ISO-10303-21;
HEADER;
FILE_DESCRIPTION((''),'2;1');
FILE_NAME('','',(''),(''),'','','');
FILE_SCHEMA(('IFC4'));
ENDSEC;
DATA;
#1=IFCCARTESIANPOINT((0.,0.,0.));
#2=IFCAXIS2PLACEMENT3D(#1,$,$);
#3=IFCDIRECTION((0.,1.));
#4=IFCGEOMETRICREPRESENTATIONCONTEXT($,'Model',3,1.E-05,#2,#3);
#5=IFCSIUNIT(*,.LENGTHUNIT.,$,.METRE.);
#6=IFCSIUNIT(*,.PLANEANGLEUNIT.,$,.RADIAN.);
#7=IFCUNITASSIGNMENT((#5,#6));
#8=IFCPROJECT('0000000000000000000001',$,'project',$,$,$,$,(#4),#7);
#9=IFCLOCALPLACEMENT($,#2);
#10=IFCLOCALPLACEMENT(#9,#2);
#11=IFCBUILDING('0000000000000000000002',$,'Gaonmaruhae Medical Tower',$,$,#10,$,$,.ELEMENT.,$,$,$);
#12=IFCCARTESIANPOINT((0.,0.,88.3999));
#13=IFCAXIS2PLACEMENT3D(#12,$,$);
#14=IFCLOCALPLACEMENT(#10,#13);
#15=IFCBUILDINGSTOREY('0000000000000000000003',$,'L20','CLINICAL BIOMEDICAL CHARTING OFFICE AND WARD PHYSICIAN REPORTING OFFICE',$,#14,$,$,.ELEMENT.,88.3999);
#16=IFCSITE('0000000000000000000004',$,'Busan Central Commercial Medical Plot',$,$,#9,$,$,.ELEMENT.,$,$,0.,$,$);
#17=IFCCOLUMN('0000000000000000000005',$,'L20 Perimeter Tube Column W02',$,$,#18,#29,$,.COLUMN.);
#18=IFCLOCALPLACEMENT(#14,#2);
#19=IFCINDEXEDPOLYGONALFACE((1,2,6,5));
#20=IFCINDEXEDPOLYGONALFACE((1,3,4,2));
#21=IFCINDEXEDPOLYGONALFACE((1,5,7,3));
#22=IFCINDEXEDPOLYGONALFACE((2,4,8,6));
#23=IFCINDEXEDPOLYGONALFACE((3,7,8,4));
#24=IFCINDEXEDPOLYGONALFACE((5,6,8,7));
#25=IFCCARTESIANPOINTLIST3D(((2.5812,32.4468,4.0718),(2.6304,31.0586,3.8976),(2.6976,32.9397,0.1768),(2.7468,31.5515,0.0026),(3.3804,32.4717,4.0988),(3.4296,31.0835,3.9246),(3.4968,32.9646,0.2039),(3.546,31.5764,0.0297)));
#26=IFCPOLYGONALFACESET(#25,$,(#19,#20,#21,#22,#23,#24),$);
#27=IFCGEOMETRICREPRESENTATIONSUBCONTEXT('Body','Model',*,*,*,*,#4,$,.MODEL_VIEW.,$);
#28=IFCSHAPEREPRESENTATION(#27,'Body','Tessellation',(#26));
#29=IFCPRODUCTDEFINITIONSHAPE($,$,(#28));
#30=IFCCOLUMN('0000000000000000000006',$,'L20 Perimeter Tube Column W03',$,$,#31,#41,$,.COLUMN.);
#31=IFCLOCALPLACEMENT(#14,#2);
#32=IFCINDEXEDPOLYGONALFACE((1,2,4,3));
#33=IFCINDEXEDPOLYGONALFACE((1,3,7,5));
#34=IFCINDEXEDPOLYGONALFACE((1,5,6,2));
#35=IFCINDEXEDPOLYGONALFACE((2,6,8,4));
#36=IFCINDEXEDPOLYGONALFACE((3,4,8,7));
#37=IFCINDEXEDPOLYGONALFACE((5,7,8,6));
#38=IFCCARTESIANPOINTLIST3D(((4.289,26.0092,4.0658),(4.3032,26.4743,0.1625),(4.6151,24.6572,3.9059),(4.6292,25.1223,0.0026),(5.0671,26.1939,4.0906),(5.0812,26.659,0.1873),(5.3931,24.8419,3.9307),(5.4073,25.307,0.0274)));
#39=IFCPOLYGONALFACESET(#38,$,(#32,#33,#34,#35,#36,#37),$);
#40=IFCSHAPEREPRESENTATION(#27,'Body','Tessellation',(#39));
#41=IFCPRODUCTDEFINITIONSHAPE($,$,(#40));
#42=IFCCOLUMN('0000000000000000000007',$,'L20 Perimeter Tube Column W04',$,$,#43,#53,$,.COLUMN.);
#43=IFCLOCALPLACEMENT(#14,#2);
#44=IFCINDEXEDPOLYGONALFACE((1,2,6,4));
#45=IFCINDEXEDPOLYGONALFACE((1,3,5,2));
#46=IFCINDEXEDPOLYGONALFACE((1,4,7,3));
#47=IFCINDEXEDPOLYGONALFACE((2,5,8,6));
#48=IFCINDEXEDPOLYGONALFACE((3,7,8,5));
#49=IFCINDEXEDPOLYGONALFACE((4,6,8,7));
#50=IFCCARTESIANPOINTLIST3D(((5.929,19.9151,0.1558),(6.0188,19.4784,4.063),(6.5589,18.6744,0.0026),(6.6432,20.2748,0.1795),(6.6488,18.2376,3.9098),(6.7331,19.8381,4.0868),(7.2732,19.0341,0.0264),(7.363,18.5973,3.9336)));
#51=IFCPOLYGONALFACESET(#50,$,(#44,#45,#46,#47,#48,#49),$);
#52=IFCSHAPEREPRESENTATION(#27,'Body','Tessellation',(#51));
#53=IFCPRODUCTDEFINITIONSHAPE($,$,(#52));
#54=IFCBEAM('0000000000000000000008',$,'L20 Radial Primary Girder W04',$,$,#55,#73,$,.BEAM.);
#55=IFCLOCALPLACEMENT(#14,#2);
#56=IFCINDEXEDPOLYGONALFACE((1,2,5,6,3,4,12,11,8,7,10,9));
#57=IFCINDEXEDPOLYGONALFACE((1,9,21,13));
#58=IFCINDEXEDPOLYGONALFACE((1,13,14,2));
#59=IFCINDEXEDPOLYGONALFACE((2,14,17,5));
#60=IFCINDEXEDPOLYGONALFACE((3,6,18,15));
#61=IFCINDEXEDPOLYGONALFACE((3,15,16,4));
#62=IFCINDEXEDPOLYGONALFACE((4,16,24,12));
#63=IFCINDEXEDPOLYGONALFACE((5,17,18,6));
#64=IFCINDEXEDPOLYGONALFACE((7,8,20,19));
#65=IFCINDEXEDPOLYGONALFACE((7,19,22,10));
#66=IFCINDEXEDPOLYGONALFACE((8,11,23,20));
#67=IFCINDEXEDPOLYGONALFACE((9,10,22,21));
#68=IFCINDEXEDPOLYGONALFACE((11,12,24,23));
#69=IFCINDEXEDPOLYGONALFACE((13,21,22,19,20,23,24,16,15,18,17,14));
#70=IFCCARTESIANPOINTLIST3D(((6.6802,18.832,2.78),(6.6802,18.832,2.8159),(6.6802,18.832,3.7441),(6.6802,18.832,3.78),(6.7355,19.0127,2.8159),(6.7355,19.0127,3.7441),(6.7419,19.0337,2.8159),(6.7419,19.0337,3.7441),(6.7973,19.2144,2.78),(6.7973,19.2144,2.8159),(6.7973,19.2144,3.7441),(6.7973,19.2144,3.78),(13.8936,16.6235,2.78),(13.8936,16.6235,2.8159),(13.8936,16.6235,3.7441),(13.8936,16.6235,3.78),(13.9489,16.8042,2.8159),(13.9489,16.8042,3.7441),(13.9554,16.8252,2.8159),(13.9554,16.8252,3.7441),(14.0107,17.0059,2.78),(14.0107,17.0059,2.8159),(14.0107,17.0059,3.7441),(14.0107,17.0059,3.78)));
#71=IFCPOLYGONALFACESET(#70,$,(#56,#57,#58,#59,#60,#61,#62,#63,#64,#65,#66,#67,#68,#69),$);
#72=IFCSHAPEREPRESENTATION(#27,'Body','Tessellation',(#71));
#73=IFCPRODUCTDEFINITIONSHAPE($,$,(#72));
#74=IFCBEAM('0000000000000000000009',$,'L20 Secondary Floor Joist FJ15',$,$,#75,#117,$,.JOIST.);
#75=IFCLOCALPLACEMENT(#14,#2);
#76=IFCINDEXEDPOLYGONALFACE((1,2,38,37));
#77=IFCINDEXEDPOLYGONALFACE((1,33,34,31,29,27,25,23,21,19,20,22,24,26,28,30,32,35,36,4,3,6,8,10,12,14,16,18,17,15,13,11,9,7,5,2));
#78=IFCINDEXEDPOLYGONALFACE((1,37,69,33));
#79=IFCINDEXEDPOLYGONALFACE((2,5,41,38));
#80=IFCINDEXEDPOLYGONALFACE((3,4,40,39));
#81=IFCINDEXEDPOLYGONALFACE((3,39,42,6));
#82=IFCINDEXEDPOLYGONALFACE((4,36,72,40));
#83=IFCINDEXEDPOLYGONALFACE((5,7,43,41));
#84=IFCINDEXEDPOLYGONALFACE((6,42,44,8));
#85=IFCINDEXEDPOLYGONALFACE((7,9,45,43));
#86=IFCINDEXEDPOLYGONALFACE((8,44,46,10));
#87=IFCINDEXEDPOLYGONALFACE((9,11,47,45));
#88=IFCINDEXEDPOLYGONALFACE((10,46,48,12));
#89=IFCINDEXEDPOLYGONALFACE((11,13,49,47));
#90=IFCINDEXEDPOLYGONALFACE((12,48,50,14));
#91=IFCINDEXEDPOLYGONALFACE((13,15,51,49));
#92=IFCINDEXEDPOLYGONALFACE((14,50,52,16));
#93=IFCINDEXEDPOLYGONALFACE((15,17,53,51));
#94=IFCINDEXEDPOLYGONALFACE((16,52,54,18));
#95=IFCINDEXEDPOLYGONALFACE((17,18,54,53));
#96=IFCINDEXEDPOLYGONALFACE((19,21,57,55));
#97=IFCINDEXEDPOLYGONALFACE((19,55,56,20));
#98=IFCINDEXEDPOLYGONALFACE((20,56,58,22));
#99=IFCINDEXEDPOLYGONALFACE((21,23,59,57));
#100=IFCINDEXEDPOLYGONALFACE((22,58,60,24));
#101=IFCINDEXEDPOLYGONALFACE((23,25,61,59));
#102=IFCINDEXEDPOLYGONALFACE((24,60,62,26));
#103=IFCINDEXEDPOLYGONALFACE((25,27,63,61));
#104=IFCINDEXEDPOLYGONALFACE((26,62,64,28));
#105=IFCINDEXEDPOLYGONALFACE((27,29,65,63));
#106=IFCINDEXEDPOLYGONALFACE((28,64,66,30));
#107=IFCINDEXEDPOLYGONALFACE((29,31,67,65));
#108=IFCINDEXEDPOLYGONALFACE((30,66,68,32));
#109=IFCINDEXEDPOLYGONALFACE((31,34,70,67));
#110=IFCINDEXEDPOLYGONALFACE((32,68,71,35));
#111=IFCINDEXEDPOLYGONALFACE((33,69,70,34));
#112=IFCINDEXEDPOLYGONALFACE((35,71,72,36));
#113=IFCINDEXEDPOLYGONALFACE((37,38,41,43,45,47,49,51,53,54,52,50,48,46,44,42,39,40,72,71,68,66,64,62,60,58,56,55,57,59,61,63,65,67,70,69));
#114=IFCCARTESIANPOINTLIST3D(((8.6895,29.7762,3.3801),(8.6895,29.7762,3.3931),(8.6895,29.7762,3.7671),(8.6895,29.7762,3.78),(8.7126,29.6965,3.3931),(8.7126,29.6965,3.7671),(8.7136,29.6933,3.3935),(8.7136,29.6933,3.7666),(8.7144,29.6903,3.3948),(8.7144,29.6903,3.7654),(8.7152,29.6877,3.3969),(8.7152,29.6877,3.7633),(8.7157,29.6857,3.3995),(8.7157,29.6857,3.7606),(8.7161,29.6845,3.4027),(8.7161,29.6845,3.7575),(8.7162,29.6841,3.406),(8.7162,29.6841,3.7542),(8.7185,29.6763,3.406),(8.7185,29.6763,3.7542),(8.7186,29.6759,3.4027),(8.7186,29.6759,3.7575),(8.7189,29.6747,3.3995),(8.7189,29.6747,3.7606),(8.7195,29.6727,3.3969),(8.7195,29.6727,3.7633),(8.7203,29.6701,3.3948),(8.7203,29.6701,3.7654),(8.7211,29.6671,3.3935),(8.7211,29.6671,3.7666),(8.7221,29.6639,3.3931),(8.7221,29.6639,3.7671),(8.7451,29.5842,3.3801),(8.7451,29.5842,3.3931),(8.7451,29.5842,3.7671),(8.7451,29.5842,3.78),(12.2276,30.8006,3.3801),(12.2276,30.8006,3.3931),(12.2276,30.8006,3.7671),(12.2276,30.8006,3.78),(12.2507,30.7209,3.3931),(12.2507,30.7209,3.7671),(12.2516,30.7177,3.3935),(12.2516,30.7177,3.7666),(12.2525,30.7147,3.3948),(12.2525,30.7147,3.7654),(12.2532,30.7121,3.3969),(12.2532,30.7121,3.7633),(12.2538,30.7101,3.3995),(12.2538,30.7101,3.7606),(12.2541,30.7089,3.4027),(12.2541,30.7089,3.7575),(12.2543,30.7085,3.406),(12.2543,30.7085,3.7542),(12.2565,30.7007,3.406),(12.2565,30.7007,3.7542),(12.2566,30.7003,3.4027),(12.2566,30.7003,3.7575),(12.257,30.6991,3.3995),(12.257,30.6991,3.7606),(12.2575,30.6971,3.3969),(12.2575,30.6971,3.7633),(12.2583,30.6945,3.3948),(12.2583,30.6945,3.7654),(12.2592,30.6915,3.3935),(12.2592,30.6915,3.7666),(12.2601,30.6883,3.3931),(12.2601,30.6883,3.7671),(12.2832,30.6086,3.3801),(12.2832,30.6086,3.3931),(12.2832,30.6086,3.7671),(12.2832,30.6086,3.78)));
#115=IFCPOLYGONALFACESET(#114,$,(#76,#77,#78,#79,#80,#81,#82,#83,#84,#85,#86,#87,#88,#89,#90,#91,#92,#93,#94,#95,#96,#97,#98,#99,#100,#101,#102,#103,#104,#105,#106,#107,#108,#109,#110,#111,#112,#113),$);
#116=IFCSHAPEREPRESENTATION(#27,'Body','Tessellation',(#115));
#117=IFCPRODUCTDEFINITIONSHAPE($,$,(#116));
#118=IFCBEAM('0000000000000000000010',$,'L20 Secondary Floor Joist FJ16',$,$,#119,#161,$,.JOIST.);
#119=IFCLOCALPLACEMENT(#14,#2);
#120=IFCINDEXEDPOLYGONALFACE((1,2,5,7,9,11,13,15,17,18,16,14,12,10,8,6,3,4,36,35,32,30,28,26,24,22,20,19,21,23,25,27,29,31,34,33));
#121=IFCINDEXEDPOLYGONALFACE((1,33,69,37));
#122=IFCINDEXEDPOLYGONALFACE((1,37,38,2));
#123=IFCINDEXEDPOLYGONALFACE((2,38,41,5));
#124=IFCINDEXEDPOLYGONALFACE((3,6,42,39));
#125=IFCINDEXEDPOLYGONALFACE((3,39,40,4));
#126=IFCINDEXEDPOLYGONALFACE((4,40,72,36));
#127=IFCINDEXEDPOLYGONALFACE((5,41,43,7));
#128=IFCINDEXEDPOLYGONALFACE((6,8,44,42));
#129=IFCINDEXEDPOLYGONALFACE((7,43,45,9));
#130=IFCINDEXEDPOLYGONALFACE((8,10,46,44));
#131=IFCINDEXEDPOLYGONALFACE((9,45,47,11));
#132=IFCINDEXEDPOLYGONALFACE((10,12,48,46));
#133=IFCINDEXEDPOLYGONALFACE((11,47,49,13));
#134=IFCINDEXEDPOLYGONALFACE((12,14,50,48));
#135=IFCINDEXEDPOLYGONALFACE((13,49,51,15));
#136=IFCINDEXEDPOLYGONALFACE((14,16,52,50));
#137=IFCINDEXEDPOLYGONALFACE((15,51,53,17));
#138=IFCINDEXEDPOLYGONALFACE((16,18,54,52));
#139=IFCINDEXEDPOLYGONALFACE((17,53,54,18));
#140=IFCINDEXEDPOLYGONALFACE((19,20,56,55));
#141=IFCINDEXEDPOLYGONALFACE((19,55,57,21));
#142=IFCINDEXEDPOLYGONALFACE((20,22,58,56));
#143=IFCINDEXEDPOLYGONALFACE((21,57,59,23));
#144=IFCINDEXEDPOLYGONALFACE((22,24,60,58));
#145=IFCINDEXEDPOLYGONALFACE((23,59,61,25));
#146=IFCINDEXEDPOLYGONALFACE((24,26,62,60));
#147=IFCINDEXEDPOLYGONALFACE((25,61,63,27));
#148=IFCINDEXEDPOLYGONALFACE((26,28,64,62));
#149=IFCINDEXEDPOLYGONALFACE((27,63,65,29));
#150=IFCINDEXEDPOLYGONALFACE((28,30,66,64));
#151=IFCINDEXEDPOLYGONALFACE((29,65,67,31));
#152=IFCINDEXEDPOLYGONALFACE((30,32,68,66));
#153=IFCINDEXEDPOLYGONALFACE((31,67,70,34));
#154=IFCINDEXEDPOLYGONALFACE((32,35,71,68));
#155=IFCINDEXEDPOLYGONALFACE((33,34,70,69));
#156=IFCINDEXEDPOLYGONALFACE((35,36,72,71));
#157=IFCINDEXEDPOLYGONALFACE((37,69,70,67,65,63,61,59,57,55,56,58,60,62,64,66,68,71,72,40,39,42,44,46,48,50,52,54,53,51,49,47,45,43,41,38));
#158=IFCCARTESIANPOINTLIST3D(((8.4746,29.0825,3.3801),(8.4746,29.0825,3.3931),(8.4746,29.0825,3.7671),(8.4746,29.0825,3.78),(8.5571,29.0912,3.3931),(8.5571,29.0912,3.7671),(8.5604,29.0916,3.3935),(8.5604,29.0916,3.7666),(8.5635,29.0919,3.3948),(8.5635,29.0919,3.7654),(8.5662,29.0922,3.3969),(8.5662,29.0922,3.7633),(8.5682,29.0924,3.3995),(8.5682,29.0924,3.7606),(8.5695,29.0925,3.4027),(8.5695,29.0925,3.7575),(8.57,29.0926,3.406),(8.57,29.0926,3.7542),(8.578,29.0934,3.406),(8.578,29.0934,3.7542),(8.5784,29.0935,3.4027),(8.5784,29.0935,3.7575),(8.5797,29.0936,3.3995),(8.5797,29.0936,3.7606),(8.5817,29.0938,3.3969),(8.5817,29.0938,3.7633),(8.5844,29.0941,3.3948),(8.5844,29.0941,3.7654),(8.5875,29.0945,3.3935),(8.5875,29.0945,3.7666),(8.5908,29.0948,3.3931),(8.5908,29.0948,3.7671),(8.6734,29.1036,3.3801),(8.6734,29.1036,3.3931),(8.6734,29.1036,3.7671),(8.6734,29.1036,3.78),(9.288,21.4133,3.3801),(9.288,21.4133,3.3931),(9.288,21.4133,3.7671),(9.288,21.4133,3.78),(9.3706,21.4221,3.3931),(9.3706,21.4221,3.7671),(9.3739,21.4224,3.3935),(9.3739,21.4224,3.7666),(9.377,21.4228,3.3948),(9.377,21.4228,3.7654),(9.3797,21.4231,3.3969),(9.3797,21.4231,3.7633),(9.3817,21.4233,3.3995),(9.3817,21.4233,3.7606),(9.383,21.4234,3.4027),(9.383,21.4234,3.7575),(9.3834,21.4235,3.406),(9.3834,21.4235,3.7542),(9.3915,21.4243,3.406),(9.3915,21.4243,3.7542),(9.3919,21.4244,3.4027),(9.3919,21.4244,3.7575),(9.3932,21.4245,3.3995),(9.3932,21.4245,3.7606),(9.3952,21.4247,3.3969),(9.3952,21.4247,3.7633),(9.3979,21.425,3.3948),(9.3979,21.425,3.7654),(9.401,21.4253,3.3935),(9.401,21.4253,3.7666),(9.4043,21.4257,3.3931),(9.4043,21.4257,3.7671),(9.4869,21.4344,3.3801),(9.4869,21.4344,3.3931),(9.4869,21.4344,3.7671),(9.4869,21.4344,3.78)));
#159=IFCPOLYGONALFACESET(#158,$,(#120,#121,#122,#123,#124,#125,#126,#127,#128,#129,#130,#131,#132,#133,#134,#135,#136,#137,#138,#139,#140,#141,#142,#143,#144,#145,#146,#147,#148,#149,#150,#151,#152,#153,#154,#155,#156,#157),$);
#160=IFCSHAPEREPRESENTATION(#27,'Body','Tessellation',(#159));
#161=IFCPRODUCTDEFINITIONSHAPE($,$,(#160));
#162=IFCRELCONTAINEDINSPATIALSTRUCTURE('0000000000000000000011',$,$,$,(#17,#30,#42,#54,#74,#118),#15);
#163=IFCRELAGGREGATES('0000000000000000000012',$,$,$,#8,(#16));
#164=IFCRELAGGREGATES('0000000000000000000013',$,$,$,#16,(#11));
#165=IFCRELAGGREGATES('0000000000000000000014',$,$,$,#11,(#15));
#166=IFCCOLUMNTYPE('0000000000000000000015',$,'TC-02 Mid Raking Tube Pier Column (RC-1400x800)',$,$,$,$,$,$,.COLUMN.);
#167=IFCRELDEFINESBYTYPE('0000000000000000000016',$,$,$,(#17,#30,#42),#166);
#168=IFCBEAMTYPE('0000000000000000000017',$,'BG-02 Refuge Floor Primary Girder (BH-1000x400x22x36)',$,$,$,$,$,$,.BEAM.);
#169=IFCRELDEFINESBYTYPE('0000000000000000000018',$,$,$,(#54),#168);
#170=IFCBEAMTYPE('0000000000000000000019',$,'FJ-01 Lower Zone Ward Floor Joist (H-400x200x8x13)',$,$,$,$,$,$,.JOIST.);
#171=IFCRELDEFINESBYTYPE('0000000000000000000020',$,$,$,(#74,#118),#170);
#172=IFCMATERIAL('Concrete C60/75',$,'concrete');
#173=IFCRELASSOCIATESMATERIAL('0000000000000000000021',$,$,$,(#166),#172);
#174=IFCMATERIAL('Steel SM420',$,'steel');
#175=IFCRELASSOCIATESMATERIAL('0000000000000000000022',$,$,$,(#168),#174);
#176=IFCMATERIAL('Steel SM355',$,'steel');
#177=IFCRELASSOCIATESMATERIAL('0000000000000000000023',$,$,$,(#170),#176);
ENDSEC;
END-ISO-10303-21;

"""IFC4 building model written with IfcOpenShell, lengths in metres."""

from ifc_helpers import new_model, si_unit, direction, frame, origin, origin_2d, place, context, subcontext, project, spatial, rectangle, i_section, extrude, material, material_profile, profile_set, type_object, element, save


model = new_model("IFC4")

# Units and contexts
model_context = context("Model", 3, precision=1e-05, world=origin(), true_north=direction((0.0, 1.0)))
body_context = subcontext(model_context, "Body", "Model", "MODEL_VIEW")
ifc_project = project(units=[si_unit("LENGTHUNIT", "METRE"), si_unit("PLANEANGLEUNIT", "RADIAN")], contexts=[model_context])

# Site, building, storey
site_placement = place(None, origin())
site = spatial("IfcSite", under=ifc_project, at=site_placement, Name="Busan Central Commercial Medical Plot", CompositionType="ELEMENT", RefElevation=0.0)
building_placement = place(site_placement, origin())
building = spatial("IfcBuilding", under=site, at=building_placement, Name="Gaonmaruhae Medical Tower", CompositionType="ELEMENT")
storey_placement = place(building_placement, frame((0.0, 0.0, 88.3999)))
storey = spatial("IfcBuildingStorey", under=building, at=storey_placement, Name="L20", Description="CLINICAL BIOMEDICAL CHARTING OFFICE AND WARD PHYSICIAN REPORTING OFFICE", CompositionType="ELEMENT", Elevation=88.3999)

# Columns
ifc_material_1 = material(Name="Concrete C60/75", Category="concrete")
ifc_material_profile_1 = material_profile(ifc_material_1, rectangle(XDim=1.3999, YDim=0.8, at=origin_2d()), Name="RC-1400x800")
ifc_profile_set_1 = profile_set([ifc_material_profile_1], Name="Concrete C60/75")
column_type = type_object("IfcColumnType", Name="TC-02 Mid Raking Tube Pier Column (RC-1400x800)", PredefinedType="COLUMN", material=ifc_profile_set_1)
column_1_placement = place(storey_placement, frame((3.1218, 32.2581, 0.1033), z_axis=(-0.029649, -0.125495, 0.991651), x_axis=(-0.035135, 0.991605, 0.124438)))
element("IfcColumn", 1, at=column_1_placement, inside=storey, type_object=column_type, Name="L20 Perimeter Tube Column W02", PredefinedType="COLUMN", context=body_context, shape_type="SweptSolid", body=[
    extrude(rectangle(XDim=1.3999, YDim=0.8, at=origin_2d()), origin(), (0.0, 0.0, 1.0), 3.9277),
])
column_2_placement = place(storey_placement, frame((4.8552, 25.8906, 0.095), z_axis=(-0.003602, -0.118314, 0.99297), x_axis=(-0.232907, 0.965767, 0.114228)))
element("IfcColumn", 2, at=column_2_placement, inside=storey, type_object=column_type, Name="L20 Perimeter Tube Column W03", PredefinedType="COLUMN", context=body_context, shape_type="SweptSolid", body=[
    extrude(rectangle(XDim=1.3999, YDim=0.8, at=origin_2d()), origin(), (0.0, 0.0, 1.0), 3.9309),
])
column_3_placement = place(storey_placement, frame((6.6011, 19.4746, 0.0911), z_axis=(0.022846, -0.111064, 0.993551), x_axis=(-0.449993, 0.886303, 0.109422)))
element("IfcColumn", 3, at=column_3_placement, inside=storey, type_object=column_type, Name="L20 Perimeter Tube Column W04", PredefinedType="COLUMN", context=body_context, shape_type="SweptSolid", body=[
    extrude(rectangle(XDim=1.3999, YDim=0.8, at=origin_2d()), origin(), (0.0, 0.0, 1.0), 3.9326),
])

# Beams
ifc_material_2 = material(Name="Steel SM420", Category="steel")
ifc_material_profile_2 = material_profile(ifc_material_2, i_section(OverallWidth=0.3999, OverallDepth=1.0, WebThickness=0.022, FlangeThickness=0.0359, at=origin_2d()), Name="BH-1000x400x22x36")
ifc_profile_set_2 = profile_set([ifc_material_profile_2], Name="Steel SM420")
beam_type_1 = type_object("IfcBeamType", Name="BG-02 Refuge Floor Primary Girder (BH-1000x400x22x36)", PredefinedType="BEAM", material=ifc_profile_set_2)
beam_1_placement = place(storey_placement, frame((13.9521, 16.8147, 3.28), z_axis=(-0.956188, 0.292753, 0.0), x_axis=(-0.292753, -0.956188, 0.0)))
element("IfcBeam", 4, at=beam_1_placement, inside=storey, type_object=beam_type_1, Name="L20 Radial Primary Girder W04", PredefinedType="BEAM", context=body_context, shape_type="SweptSolid", body=[
    extrude(i_section(OverallWidth=0.3999, OverallDepth=1.0, WebThickness=0.022, FlangeThickness=0.0359, at=origin_2d()), origin(), (0.0, 0.0, 1.0), 7.5439),
])
ifc_material_3 = material(Name="Steel SM355", Category="steel")
ifc_material_profile_3 = material_profile(ifc_material_3, i_section(OverallWidth=0.2, OverallDepth=0.3999, WebThickness=0.0081, FlangeThickness=0.0129, FilletRadius=0.0129, at=origin_2d()), Name="H-400x200x8x13")
ifc_profile_set_3 = profile_set([ifc_material_profile_3], Name="Steel SM355")
beam_type_2 = type_object("IfcBeamType", Name="FJ-01 Lower Zone Ward Floor Joist (H-400x200x8x13)", PredefinedType="JOIST", material=ifc_profile_set_3)
beam_2_placement = place(storey_placement, frame((12.2554, 30.7046, 3.5801), z_axis=(-0.960547, -0.278116, 0.0), x_axis=(0.278116, -0.960547, 0.0)))
element("IfcBeam", 5, at=beam_2_placement, inside=storey, type_object=beam_type_2, Name="L20 Secondary Floor Joist FJ15", PredefinedType="JOIST", context=body_context, shape_type="SweptSolid", body=[
    extrude(i_section(OverallWidth=0.2, OverallDepth=0.3999, WebThickness=0.0081, FlangeThickness=0.0129, FilletRadius=0.0129, at=origin_2d()), origin(), (0.0, 0.0, 1.0), 3.6833),
])
beam_3_placement = place(storey_placement, frame((8.574, 29.093, 3.5801), z_axis=(0.105479, -0.994422, 0.0), x_axis=(0.994422, 0.105479, 0.0)))
element("IfcBeam", 6, at=beam_3_placement, inside=storey, type_object=beam_type_2, Name="L20 Secondary Floor Joist FJ16", PredefinedType="JOIST", context=body_context, shape_type="SweptSolid", body=[
    extrude(i_section(OverallWidth=0.2, OverallDepth=0.3999, WebThickness=0.0081, FlangeThickness=0.0129, FilletRadius=0.0129, at=origin_2d()), origin(), (0.0, 0.0, 1.0), 7.7122),
])

save(model, "model.ifc")
